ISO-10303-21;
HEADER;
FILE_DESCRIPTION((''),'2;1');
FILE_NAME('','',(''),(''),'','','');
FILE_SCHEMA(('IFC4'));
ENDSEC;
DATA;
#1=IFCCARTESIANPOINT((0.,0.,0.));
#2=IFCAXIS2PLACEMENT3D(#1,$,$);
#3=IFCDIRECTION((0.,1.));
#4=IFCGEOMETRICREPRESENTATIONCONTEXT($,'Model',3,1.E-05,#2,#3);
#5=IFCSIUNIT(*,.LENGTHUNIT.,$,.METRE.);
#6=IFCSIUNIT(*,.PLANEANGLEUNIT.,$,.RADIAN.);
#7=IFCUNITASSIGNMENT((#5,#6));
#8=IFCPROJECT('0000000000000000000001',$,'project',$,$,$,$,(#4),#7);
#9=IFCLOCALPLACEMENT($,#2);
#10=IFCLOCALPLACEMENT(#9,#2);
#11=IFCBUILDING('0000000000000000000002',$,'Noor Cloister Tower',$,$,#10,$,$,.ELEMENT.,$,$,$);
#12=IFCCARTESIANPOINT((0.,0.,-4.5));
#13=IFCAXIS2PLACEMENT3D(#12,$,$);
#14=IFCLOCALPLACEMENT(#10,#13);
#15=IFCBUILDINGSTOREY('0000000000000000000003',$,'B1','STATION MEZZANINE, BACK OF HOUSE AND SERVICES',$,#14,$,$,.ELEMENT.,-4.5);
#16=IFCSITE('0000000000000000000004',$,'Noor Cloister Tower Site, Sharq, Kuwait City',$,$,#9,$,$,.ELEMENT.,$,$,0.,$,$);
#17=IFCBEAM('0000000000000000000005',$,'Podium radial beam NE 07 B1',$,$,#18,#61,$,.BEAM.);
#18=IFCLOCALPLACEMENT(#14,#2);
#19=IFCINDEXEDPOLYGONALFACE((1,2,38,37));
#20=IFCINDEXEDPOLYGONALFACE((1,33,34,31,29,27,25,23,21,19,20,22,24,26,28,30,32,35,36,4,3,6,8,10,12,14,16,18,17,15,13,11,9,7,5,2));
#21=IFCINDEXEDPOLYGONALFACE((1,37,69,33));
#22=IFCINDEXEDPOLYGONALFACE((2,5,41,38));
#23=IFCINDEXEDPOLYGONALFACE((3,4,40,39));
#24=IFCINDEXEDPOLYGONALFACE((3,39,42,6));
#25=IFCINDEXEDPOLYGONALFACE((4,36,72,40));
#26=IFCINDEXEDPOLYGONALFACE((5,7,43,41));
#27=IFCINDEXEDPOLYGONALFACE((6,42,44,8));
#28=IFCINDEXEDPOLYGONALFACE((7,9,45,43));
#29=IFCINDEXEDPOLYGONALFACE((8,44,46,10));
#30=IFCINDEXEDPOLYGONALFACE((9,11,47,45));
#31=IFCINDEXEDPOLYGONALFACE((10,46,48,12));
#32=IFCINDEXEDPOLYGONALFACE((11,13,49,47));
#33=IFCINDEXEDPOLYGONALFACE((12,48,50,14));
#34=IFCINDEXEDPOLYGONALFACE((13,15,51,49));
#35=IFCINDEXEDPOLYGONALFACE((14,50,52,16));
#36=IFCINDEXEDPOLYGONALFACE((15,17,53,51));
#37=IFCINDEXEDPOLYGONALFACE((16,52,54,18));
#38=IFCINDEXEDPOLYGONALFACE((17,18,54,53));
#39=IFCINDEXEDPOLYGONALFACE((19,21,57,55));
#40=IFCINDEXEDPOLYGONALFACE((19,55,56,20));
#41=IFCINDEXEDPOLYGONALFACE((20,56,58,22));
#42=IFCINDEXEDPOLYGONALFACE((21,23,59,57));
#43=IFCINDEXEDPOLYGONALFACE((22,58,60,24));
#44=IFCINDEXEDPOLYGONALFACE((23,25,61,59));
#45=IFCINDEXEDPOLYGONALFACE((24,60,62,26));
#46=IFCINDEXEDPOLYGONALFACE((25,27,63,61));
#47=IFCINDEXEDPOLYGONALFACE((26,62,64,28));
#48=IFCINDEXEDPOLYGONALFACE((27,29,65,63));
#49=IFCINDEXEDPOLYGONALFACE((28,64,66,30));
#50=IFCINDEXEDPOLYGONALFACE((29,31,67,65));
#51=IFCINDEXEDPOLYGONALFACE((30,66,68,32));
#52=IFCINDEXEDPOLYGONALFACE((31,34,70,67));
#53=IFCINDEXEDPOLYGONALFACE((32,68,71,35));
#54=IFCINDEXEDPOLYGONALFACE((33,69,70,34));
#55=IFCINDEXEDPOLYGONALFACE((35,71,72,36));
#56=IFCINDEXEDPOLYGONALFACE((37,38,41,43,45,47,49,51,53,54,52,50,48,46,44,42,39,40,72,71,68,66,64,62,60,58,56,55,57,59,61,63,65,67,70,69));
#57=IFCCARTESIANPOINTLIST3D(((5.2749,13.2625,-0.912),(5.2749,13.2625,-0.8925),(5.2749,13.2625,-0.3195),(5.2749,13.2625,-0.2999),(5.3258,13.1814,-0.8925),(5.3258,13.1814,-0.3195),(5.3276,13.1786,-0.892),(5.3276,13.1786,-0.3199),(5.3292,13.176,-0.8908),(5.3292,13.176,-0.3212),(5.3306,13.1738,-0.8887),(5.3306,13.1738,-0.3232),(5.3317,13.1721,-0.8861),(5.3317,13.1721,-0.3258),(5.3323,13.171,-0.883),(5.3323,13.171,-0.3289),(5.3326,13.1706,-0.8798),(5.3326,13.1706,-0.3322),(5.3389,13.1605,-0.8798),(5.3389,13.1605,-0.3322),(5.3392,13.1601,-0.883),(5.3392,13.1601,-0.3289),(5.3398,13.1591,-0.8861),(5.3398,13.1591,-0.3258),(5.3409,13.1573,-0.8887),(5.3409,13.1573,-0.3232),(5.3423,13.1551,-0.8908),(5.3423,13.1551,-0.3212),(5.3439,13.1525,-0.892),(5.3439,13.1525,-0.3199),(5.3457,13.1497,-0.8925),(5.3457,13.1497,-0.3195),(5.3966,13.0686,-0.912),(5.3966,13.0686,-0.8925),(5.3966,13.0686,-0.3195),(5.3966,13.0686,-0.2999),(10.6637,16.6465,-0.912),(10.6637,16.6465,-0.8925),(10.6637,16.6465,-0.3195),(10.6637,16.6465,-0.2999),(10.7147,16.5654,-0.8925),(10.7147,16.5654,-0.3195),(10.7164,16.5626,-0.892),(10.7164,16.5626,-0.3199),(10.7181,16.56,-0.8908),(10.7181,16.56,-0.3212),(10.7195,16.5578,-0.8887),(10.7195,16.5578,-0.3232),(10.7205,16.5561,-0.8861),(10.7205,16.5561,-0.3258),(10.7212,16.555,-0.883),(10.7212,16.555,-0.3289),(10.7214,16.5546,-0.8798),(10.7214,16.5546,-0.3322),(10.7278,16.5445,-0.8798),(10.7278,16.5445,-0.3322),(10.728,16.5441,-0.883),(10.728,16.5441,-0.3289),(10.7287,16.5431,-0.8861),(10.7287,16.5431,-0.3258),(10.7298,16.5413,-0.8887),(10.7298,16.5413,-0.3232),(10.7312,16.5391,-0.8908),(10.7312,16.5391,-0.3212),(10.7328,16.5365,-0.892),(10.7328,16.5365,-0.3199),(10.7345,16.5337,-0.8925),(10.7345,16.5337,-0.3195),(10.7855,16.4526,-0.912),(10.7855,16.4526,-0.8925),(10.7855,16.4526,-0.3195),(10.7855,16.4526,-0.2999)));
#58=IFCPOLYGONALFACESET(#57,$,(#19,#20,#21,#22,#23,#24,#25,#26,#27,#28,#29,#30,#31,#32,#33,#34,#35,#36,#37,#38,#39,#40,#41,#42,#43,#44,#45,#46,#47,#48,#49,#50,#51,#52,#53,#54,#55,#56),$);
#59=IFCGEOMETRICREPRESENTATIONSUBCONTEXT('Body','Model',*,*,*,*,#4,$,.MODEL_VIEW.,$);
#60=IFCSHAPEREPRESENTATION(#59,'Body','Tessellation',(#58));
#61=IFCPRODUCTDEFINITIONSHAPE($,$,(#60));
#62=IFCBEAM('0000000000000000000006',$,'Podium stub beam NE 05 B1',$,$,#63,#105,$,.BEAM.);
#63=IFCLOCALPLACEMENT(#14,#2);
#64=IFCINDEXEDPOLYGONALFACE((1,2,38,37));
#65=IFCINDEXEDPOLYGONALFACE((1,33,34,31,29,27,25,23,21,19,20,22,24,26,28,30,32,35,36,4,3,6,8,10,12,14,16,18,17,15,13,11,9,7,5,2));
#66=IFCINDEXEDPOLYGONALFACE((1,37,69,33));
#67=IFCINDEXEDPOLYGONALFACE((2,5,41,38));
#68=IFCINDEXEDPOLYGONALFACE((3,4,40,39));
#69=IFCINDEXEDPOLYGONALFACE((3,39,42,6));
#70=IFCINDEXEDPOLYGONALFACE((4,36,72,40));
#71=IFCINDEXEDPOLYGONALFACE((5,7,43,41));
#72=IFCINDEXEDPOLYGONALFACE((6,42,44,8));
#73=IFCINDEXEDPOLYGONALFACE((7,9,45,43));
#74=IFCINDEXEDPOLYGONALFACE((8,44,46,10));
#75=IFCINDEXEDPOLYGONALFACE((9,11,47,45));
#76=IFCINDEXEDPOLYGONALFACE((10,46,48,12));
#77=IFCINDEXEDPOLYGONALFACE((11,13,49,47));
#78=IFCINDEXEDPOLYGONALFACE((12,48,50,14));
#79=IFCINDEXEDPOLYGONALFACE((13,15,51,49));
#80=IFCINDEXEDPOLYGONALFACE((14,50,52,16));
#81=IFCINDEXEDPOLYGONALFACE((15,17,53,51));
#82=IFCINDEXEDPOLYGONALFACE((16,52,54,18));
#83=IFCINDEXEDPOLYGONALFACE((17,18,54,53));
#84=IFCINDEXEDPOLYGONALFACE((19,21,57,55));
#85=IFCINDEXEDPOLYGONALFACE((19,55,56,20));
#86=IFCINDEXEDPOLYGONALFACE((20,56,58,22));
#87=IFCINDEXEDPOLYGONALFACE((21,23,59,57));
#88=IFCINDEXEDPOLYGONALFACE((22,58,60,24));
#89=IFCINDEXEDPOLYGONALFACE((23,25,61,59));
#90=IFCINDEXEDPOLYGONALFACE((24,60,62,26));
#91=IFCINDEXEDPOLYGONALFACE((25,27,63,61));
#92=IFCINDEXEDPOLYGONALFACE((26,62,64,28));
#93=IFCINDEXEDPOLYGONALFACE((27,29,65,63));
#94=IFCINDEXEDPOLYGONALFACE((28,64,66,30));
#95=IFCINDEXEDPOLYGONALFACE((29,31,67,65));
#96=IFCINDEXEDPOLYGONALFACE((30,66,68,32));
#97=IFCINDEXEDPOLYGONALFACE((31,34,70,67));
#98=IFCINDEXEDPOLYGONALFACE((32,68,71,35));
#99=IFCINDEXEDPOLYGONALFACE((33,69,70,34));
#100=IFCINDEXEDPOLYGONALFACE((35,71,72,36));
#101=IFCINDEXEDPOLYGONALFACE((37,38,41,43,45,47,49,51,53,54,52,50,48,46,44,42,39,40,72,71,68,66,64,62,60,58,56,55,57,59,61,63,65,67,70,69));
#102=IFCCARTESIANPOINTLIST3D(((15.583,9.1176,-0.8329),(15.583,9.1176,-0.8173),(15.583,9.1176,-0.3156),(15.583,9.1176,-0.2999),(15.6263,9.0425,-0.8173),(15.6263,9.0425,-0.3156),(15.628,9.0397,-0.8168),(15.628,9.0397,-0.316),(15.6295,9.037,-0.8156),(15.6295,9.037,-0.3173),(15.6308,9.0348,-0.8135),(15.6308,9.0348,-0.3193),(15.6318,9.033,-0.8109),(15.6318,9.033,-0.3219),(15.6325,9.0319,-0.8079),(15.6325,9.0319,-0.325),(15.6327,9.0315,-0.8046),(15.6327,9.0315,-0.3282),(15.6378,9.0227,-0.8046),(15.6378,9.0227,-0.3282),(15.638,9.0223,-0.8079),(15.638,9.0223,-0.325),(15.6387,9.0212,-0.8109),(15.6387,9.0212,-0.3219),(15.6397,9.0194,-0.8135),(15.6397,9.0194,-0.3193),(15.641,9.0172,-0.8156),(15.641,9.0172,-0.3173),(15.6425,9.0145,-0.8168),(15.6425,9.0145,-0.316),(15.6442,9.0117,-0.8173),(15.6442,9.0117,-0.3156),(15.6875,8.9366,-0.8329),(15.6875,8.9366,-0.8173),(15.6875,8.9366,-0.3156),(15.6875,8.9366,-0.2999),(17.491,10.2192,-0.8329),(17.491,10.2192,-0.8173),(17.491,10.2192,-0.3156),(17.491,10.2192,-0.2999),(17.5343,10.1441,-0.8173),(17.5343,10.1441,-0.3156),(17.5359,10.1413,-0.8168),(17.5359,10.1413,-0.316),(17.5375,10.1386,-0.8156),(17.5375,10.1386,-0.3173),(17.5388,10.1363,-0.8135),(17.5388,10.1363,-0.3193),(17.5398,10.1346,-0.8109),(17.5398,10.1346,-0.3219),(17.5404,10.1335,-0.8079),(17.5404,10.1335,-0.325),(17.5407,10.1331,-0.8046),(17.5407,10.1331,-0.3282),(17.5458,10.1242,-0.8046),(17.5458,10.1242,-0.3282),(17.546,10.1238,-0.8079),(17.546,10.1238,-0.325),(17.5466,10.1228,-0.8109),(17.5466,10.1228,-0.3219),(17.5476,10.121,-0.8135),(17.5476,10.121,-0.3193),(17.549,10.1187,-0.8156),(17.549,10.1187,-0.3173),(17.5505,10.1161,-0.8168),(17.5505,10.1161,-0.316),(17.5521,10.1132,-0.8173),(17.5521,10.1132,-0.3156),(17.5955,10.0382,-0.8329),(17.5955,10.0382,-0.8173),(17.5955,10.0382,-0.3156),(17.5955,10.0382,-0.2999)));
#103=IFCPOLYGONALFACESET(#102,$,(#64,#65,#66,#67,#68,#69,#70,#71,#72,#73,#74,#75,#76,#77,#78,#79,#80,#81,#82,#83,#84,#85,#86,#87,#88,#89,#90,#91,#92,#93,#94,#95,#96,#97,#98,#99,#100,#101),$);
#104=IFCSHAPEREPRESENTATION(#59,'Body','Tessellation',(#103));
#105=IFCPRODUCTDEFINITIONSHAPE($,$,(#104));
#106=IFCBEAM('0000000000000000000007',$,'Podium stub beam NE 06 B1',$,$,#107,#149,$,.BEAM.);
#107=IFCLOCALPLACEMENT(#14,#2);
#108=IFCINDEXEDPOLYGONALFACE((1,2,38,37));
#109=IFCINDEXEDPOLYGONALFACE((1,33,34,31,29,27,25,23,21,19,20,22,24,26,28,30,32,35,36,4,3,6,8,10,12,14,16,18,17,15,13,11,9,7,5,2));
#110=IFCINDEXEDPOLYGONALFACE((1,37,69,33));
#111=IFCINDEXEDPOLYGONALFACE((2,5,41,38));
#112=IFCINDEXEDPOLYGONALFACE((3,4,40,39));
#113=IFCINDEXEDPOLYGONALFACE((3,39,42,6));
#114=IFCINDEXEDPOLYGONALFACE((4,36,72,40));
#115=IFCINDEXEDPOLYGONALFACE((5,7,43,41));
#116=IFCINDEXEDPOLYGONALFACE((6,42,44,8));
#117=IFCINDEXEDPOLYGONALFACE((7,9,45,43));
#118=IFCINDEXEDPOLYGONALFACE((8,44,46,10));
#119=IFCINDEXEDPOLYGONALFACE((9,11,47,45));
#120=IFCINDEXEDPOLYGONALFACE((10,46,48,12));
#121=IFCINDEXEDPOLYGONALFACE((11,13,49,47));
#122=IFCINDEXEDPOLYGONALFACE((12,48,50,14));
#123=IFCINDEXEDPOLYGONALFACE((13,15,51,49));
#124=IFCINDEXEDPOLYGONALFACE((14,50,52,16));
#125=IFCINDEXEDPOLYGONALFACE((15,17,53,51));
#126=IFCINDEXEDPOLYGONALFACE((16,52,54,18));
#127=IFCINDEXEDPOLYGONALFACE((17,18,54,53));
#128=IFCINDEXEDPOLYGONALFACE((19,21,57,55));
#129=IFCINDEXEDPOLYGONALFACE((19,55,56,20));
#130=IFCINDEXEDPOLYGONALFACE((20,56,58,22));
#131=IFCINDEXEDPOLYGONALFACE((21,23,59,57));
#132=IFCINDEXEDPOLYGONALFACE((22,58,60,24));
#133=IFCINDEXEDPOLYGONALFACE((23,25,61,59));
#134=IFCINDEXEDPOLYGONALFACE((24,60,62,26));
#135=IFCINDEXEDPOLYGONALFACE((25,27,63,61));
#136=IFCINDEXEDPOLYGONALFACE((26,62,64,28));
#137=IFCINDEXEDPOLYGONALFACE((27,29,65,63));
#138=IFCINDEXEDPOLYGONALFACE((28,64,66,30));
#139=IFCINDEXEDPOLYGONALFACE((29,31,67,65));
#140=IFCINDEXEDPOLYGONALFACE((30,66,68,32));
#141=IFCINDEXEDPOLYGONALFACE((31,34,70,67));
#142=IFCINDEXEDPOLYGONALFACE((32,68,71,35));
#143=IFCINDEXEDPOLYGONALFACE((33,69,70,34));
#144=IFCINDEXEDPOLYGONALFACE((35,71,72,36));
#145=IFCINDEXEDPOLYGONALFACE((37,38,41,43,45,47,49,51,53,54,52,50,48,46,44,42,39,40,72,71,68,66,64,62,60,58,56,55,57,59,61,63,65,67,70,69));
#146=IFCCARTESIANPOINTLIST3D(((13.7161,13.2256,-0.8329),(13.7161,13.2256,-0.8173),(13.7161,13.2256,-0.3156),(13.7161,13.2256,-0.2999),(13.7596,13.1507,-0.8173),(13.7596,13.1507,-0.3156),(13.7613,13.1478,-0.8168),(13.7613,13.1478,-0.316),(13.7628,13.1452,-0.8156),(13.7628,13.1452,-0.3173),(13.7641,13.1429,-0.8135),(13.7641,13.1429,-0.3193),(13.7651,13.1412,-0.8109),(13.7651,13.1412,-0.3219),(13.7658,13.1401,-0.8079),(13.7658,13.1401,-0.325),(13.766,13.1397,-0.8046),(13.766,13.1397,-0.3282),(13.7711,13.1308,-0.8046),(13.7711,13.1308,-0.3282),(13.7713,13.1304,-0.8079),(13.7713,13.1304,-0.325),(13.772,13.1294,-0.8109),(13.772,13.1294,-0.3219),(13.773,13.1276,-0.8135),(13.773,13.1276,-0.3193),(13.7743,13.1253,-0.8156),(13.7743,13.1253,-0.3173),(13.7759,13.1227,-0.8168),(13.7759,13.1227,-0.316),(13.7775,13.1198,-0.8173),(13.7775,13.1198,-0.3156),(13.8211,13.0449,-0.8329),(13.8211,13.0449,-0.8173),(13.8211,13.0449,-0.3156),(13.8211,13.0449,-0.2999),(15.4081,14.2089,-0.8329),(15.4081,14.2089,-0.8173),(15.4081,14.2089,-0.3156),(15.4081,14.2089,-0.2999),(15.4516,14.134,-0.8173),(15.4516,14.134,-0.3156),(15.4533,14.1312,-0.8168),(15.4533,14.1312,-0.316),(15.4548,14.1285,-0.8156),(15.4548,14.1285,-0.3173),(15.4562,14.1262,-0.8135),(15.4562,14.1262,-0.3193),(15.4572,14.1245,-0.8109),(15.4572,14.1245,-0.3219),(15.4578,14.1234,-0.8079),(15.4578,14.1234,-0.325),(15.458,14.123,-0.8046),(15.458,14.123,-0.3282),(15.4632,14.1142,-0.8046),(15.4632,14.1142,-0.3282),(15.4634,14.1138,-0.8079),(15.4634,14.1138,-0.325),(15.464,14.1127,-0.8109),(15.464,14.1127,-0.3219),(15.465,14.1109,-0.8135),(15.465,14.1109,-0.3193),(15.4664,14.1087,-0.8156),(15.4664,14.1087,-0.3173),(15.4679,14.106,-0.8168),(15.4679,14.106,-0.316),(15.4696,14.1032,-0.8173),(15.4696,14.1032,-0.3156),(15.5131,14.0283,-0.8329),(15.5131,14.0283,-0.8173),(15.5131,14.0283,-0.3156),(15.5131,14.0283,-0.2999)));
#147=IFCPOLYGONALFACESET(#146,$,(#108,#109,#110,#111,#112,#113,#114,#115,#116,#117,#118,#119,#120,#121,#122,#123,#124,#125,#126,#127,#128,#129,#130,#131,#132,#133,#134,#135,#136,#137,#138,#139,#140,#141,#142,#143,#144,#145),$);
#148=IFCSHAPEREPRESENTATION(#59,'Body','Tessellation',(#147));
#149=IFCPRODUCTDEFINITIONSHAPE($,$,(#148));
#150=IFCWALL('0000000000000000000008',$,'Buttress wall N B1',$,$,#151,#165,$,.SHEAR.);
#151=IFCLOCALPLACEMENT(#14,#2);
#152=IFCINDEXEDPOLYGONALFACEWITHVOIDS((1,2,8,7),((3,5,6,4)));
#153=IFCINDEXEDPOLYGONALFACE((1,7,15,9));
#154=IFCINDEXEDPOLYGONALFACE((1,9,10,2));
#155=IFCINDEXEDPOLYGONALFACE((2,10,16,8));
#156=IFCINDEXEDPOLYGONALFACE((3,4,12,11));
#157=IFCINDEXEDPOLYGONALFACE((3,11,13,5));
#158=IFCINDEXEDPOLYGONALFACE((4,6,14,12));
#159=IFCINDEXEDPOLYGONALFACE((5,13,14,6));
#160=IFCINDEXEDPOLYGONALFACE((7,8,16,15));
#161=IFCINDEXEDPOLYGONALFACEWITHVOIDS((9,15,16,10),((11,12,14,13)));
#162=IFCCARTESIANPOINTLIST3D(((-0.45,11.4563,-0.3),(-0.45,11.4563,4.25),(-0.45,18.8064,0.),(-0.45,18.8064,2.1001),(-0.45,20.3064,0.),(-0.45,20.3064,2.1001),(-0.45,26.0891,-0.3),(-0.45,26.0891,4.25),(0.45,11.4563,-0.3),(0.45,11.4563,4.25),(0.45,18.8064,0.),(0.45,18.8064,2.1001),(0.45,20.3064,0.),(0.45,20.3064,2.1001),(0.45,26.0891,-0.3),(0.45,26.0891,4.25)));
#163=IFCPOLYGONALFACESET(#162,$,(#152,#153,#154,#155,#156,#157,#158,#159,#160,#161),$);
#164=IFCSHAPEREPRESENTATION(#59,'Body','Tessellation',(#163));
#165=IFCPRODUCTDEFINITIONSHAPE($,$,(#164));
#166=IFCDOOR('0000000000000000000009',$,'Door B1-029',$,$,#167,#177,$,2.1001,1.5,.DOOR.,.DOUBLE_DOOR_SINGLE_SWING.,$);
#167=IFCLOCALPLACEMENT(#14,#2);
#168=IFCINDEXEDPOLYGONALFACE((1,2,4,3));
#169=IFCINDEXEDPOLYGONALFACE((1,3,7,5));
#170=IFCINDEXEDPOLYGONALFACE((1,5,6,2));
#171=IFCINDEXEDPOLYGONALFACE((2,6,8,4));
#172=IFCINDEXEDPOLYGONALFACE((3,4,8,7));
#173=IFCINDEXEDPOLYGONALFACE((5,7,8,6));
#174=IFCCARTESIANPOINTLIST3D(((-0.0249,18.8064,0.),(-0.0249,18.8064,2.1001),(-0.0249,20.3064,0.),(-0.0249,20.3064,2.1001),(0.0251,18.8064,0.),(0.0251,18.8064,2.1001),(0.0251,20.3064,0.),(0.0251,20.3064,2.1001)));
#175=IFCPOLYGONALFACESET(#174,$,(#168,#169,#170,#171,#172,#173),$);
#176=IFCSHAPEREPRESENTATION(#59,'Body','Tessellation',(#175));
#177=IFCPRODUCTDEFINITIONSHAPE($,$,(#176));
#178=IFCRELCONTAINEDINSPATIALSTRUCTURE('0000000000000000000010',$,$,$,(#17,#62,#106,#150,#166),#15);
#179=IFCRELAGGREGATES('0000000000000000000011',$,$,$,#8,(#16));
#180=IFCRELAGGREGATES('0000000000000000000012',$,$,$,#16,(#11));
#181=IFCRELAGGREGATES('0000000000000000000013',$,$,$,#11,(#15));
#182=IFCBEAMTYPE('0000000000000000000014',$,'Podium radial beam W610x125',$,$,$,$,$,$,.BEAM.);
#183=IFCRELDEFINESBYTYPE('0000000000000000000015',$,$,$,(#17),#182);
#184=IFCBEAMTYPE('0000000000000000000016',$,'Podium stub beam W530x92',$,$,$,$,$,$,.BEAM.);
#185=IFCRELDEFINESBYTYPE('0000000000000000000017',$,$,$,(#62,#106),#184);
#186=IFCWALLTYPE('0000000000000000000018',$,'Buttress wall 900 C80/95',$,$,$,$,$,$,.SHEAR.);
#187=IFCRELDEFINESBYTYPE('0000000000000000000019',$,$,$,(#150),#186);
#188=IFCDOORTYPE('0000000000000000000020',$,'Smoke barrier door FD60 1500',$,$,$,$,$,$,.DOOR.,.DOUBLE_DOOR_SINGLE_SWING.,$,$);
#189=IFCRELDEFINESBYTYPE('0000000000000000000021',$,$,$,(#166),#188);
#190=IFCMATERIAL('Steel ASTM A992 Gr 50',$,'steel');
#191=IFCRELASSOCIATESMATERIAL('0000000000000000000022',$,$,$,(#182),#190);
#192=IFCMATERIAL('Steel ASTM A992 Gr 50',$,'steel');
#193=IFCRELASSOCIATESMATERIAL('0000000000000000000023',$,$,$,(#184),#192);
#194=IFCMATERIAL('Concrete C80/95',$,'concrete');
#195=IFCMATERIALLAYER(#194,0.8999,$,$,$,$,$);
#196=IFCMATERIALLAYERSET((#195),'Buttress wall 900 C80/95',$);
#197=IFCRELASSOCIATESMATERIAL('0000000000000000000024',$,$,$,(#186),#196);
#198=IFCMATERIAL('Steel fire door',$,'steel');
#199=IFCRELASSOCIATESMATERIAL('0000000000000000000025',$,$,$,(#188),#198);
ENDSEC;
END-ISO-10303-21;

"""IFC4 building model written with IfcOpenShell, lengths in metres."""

from ifc_helpers import new_model, si_unit, direction, frame, frame_2d, origin, origin_2d, place, context, subcontext, project, spatial, rectangle, i_section, extrude, material, layer, layer_set, material_profile, profile_set, type_object, element, fill, save


model = new_model("IFC4")

# Units and contexts
model_context = context("Model", 3, precision=1e-05, world=origin(), true_north=direction((0.0, 1.0)))
body_context = subcontext(model_context, "Body", "Model", "MODEL_VIEW")
ifc_project = project(units=[si_unit("LENGTHUNIT", "METRE"), si_unit("PLANEANGLEUNIT", "RADIAN")], contexts=[model_context])

# Site, building, storey
site_placement = place(None, origin())
site = spatial("IfcSite", under=ifc_project, at=site_placement, Name="Noor Cloister Tower Site, Sharq, Kuwait City", CompositionType="ELEMENT", RefElevation=0.0)
building_placement = place(site_placement, origin())
building = spatial("IfcBuilding", under=site, at=building_placement, Name="Noor Cloister Tower", CompositionType="ELEMENT")
storey_placement = place(building_placement, frame((0.0, 0.0, -4.5)))
storey = spatial("IfcBuildingStorey", under=building, at=storey_placement, Name="B1", Description="STATION MEZZANINE, BACK OF HOUSE AND SERVICES", CompositionType="ELEMENT", Elevation=-4.5)

# Beams
ifc_material_1 = material(Name="Steel ASTM A992 Gr 50", Category="steel")
ifc_material_profile_1 = material_profile(ifc_material_1, i_section(OverallWidth=0.229, OverallDepth=0.6121, WebThickness=0.012, FlangeThickness=0.0195, FilletRadius=0.0127, at=origin_2d()), Name="W610x125")
ifc_profile_set_1 = profile_set([ifc_material_profile_1], Name="Steel ASTM A992 Gr 50")
beam_type_1 = type_object("IfcBeamType", Name="Podium radial beam W610x125", PredefinedType="BEAM", material=ifc_profile_set_1)
beam_1_placement = place(storey_placement, frame((10.7246, 16.5496, -0.606), z_axis=(-0.846869, -0.531801, 0.0), x_axis=(0.531801, -0.846869, 0.0)))
element("IfcBeam", 1, at=beam_1_placement, inside=storey, type_object=beam_type_1, Name="Podium radial beam NE 07 B1", PredefinedType="BEAM", context=body_context, shape_type="SweptSolid", body=[
    extrude(i_section(OverallWidth=0.229, OverallDepth=0.6121, WebThickness=0.012, FlangeThickness=0.0195, FilletRadius=0.0127, at=origin_2d()), origin(), (0.0, 0.0, 1.0), 6.3633),
])
ifc_material_2 = material(Name="Steel ASTM A992 Gr 50", Category="steel")
ifc_material_profile_2 = material_profile(ifc_material_2, i_section(OverallWidth=0.209, OverallDepth=0.533, WebThickness=0.0103, FlangeThickness=0.0156, FilletRadius=0.0127, at=origin_2d()), Name="W530x92")
ifc_profile_set_2 = profile_set([ifc_material_profile_2], Name="Steel ASTM A992 Gr 50")
beam_type_2 = type_object("IfcBeamType", Name="Podium stub beam W530x92", PredefinedType="BEAM", material=ifc_profile_set_2)
beam_2_placement = place(storey_placement, frame((15.6353, 9.0271, -0.5664), z_axis=(0.866025, 0.500001, 0.0), x_axis=(-0.500001, 0.866025, 0.0)))
element("IfcBeam", 2, at=beam_2_placement, inside=storey, type_object=beam_type_2, Name="Podium stub beam NE 05 B1", PredefinedType="BEAM", context=body_context, shape_type="SweptSolid", body=[
    extrude(i_section(OverallWidth=0.209, OverallDepth=0.533, WebThickness=0.0103, FlangeThickness=0.0156, FilletRadius=0.0127, at=origin_2d()), origin(), (0.0, 0.0, 1.0), 2.2031),
])
beam_3_placement = place(storey_placement, frame((13.7686, 13.1353, -0.5664), z_axis=(0.864597, 0.502467, 0.0), x_axis=(-0.502467, 0.864597, 0.0)))
element("IfcBeam", 3, at=beam_3_placement, inside=storey, type_object=beam_type_2, Name="Podium stub beam NE 06 B1", PredefinedType="BEAM", context=body_context, shape_type="SweptSolid", body=[
    extrude(i_section(OverallWidth=0.209, OverallDepth=0.533, WebThickness=0.0103, FlangeThickness=0.0156, FilletRadius=0.0127, at=origin_2d()), origin(), (0.0, 0.0, 1.0), 1.957),
])

# Wall, opening, door
ifc_material_3 = material(Name="Concrete C80/95", Category="concrete")
ifc_layer_1 = layer(ifc_material_3, 0.8999)
ifc_layer_set_1 = layer_set([ifc_layer_1], Name="Buttress wall 900 C80/95")
wall_type_1 = type_object("IfcWallType", Name="Buttress wall 900 C80/95", PredefinedType="SHEAR", material=ifc_layer_set_1)
wall_1_placement = place(storey_placement, frame((0.0, 11.4563, -0.3), z_axis=(0.0, 0.0, 1.0), x_axis=(0.0, 1.0, 0.0)))
wall_1 = element("IfcWall", 4, at=wall_1_placement, inside=storey, type_object=wall_type_1, Name="Buttress wall N B1", PredefinedType="SHEAR", context=body_context, shape_type="SweptSolid", body=[
    extrude(rectangle(XDim=14.6328, YDim=0.8999, at=frame_2d((7.3164, 0.0))), origin(), (0.0, 0.0, 1.0), 4.55),
])
opening_1_placement = place(wall_1_placement, frame((7.3501, 0.0, 0.3)))
opening_1 = element("IfcOpeningElement", 5, at=opening_1_placement, cuts=wall_1, PredefinedType="OPENING", context=body_context, shape_type="SweptSolid", body=[
    extrude(rectangle(XDim=1.5, YDim=2.1001, at=frame_2d((0.75, 1.05))), frame((0.0, 0.46, 0.0), z_axis=(0.0, -1.0, 0.0), x_axis=(1.0, 0.0, 0.0)), (0.0, 0.0, 1.0), 0.9199),
])
ifc_material_4 = material(Name="Steel fire door", Category="steel")
door_type_1 = type_object("IfcDoorType", Name="Smoke barrier door FD60 1500", OperationType="DOUBLE_DOOR_SINGLE_SWING", PredefinedType="DOOR", material=ifc_material_4)
door_1_placement = place(opening_1_placement, origin())
door_1 = element("IfcDoor", 6, at=door_1_placement, inside=storey, type_object=door_type_1, Name="Door B1-029", OperationType="DOUBLE_DOOR_SINGLE_SWING", OverallHeight=2.1001, OverallWidth=1.5, PredefinedType="DOOR", context=body_context, shape_type="SweptSolid", body=[
    extrude(rectangle(XDim=1.5, YDim=2.1001, at=frame_2d((0.75, 1.05))), frame((0.0, 0.0249, 0.0), z_axis=(0.0, -1.0, 0.0), x_axis=(1.0, 0.0, 0.0)), (0.0, 0.0, 1.0), 0.05),
])
fill(opening_1, door_1)

save(model, "model.ifc")
